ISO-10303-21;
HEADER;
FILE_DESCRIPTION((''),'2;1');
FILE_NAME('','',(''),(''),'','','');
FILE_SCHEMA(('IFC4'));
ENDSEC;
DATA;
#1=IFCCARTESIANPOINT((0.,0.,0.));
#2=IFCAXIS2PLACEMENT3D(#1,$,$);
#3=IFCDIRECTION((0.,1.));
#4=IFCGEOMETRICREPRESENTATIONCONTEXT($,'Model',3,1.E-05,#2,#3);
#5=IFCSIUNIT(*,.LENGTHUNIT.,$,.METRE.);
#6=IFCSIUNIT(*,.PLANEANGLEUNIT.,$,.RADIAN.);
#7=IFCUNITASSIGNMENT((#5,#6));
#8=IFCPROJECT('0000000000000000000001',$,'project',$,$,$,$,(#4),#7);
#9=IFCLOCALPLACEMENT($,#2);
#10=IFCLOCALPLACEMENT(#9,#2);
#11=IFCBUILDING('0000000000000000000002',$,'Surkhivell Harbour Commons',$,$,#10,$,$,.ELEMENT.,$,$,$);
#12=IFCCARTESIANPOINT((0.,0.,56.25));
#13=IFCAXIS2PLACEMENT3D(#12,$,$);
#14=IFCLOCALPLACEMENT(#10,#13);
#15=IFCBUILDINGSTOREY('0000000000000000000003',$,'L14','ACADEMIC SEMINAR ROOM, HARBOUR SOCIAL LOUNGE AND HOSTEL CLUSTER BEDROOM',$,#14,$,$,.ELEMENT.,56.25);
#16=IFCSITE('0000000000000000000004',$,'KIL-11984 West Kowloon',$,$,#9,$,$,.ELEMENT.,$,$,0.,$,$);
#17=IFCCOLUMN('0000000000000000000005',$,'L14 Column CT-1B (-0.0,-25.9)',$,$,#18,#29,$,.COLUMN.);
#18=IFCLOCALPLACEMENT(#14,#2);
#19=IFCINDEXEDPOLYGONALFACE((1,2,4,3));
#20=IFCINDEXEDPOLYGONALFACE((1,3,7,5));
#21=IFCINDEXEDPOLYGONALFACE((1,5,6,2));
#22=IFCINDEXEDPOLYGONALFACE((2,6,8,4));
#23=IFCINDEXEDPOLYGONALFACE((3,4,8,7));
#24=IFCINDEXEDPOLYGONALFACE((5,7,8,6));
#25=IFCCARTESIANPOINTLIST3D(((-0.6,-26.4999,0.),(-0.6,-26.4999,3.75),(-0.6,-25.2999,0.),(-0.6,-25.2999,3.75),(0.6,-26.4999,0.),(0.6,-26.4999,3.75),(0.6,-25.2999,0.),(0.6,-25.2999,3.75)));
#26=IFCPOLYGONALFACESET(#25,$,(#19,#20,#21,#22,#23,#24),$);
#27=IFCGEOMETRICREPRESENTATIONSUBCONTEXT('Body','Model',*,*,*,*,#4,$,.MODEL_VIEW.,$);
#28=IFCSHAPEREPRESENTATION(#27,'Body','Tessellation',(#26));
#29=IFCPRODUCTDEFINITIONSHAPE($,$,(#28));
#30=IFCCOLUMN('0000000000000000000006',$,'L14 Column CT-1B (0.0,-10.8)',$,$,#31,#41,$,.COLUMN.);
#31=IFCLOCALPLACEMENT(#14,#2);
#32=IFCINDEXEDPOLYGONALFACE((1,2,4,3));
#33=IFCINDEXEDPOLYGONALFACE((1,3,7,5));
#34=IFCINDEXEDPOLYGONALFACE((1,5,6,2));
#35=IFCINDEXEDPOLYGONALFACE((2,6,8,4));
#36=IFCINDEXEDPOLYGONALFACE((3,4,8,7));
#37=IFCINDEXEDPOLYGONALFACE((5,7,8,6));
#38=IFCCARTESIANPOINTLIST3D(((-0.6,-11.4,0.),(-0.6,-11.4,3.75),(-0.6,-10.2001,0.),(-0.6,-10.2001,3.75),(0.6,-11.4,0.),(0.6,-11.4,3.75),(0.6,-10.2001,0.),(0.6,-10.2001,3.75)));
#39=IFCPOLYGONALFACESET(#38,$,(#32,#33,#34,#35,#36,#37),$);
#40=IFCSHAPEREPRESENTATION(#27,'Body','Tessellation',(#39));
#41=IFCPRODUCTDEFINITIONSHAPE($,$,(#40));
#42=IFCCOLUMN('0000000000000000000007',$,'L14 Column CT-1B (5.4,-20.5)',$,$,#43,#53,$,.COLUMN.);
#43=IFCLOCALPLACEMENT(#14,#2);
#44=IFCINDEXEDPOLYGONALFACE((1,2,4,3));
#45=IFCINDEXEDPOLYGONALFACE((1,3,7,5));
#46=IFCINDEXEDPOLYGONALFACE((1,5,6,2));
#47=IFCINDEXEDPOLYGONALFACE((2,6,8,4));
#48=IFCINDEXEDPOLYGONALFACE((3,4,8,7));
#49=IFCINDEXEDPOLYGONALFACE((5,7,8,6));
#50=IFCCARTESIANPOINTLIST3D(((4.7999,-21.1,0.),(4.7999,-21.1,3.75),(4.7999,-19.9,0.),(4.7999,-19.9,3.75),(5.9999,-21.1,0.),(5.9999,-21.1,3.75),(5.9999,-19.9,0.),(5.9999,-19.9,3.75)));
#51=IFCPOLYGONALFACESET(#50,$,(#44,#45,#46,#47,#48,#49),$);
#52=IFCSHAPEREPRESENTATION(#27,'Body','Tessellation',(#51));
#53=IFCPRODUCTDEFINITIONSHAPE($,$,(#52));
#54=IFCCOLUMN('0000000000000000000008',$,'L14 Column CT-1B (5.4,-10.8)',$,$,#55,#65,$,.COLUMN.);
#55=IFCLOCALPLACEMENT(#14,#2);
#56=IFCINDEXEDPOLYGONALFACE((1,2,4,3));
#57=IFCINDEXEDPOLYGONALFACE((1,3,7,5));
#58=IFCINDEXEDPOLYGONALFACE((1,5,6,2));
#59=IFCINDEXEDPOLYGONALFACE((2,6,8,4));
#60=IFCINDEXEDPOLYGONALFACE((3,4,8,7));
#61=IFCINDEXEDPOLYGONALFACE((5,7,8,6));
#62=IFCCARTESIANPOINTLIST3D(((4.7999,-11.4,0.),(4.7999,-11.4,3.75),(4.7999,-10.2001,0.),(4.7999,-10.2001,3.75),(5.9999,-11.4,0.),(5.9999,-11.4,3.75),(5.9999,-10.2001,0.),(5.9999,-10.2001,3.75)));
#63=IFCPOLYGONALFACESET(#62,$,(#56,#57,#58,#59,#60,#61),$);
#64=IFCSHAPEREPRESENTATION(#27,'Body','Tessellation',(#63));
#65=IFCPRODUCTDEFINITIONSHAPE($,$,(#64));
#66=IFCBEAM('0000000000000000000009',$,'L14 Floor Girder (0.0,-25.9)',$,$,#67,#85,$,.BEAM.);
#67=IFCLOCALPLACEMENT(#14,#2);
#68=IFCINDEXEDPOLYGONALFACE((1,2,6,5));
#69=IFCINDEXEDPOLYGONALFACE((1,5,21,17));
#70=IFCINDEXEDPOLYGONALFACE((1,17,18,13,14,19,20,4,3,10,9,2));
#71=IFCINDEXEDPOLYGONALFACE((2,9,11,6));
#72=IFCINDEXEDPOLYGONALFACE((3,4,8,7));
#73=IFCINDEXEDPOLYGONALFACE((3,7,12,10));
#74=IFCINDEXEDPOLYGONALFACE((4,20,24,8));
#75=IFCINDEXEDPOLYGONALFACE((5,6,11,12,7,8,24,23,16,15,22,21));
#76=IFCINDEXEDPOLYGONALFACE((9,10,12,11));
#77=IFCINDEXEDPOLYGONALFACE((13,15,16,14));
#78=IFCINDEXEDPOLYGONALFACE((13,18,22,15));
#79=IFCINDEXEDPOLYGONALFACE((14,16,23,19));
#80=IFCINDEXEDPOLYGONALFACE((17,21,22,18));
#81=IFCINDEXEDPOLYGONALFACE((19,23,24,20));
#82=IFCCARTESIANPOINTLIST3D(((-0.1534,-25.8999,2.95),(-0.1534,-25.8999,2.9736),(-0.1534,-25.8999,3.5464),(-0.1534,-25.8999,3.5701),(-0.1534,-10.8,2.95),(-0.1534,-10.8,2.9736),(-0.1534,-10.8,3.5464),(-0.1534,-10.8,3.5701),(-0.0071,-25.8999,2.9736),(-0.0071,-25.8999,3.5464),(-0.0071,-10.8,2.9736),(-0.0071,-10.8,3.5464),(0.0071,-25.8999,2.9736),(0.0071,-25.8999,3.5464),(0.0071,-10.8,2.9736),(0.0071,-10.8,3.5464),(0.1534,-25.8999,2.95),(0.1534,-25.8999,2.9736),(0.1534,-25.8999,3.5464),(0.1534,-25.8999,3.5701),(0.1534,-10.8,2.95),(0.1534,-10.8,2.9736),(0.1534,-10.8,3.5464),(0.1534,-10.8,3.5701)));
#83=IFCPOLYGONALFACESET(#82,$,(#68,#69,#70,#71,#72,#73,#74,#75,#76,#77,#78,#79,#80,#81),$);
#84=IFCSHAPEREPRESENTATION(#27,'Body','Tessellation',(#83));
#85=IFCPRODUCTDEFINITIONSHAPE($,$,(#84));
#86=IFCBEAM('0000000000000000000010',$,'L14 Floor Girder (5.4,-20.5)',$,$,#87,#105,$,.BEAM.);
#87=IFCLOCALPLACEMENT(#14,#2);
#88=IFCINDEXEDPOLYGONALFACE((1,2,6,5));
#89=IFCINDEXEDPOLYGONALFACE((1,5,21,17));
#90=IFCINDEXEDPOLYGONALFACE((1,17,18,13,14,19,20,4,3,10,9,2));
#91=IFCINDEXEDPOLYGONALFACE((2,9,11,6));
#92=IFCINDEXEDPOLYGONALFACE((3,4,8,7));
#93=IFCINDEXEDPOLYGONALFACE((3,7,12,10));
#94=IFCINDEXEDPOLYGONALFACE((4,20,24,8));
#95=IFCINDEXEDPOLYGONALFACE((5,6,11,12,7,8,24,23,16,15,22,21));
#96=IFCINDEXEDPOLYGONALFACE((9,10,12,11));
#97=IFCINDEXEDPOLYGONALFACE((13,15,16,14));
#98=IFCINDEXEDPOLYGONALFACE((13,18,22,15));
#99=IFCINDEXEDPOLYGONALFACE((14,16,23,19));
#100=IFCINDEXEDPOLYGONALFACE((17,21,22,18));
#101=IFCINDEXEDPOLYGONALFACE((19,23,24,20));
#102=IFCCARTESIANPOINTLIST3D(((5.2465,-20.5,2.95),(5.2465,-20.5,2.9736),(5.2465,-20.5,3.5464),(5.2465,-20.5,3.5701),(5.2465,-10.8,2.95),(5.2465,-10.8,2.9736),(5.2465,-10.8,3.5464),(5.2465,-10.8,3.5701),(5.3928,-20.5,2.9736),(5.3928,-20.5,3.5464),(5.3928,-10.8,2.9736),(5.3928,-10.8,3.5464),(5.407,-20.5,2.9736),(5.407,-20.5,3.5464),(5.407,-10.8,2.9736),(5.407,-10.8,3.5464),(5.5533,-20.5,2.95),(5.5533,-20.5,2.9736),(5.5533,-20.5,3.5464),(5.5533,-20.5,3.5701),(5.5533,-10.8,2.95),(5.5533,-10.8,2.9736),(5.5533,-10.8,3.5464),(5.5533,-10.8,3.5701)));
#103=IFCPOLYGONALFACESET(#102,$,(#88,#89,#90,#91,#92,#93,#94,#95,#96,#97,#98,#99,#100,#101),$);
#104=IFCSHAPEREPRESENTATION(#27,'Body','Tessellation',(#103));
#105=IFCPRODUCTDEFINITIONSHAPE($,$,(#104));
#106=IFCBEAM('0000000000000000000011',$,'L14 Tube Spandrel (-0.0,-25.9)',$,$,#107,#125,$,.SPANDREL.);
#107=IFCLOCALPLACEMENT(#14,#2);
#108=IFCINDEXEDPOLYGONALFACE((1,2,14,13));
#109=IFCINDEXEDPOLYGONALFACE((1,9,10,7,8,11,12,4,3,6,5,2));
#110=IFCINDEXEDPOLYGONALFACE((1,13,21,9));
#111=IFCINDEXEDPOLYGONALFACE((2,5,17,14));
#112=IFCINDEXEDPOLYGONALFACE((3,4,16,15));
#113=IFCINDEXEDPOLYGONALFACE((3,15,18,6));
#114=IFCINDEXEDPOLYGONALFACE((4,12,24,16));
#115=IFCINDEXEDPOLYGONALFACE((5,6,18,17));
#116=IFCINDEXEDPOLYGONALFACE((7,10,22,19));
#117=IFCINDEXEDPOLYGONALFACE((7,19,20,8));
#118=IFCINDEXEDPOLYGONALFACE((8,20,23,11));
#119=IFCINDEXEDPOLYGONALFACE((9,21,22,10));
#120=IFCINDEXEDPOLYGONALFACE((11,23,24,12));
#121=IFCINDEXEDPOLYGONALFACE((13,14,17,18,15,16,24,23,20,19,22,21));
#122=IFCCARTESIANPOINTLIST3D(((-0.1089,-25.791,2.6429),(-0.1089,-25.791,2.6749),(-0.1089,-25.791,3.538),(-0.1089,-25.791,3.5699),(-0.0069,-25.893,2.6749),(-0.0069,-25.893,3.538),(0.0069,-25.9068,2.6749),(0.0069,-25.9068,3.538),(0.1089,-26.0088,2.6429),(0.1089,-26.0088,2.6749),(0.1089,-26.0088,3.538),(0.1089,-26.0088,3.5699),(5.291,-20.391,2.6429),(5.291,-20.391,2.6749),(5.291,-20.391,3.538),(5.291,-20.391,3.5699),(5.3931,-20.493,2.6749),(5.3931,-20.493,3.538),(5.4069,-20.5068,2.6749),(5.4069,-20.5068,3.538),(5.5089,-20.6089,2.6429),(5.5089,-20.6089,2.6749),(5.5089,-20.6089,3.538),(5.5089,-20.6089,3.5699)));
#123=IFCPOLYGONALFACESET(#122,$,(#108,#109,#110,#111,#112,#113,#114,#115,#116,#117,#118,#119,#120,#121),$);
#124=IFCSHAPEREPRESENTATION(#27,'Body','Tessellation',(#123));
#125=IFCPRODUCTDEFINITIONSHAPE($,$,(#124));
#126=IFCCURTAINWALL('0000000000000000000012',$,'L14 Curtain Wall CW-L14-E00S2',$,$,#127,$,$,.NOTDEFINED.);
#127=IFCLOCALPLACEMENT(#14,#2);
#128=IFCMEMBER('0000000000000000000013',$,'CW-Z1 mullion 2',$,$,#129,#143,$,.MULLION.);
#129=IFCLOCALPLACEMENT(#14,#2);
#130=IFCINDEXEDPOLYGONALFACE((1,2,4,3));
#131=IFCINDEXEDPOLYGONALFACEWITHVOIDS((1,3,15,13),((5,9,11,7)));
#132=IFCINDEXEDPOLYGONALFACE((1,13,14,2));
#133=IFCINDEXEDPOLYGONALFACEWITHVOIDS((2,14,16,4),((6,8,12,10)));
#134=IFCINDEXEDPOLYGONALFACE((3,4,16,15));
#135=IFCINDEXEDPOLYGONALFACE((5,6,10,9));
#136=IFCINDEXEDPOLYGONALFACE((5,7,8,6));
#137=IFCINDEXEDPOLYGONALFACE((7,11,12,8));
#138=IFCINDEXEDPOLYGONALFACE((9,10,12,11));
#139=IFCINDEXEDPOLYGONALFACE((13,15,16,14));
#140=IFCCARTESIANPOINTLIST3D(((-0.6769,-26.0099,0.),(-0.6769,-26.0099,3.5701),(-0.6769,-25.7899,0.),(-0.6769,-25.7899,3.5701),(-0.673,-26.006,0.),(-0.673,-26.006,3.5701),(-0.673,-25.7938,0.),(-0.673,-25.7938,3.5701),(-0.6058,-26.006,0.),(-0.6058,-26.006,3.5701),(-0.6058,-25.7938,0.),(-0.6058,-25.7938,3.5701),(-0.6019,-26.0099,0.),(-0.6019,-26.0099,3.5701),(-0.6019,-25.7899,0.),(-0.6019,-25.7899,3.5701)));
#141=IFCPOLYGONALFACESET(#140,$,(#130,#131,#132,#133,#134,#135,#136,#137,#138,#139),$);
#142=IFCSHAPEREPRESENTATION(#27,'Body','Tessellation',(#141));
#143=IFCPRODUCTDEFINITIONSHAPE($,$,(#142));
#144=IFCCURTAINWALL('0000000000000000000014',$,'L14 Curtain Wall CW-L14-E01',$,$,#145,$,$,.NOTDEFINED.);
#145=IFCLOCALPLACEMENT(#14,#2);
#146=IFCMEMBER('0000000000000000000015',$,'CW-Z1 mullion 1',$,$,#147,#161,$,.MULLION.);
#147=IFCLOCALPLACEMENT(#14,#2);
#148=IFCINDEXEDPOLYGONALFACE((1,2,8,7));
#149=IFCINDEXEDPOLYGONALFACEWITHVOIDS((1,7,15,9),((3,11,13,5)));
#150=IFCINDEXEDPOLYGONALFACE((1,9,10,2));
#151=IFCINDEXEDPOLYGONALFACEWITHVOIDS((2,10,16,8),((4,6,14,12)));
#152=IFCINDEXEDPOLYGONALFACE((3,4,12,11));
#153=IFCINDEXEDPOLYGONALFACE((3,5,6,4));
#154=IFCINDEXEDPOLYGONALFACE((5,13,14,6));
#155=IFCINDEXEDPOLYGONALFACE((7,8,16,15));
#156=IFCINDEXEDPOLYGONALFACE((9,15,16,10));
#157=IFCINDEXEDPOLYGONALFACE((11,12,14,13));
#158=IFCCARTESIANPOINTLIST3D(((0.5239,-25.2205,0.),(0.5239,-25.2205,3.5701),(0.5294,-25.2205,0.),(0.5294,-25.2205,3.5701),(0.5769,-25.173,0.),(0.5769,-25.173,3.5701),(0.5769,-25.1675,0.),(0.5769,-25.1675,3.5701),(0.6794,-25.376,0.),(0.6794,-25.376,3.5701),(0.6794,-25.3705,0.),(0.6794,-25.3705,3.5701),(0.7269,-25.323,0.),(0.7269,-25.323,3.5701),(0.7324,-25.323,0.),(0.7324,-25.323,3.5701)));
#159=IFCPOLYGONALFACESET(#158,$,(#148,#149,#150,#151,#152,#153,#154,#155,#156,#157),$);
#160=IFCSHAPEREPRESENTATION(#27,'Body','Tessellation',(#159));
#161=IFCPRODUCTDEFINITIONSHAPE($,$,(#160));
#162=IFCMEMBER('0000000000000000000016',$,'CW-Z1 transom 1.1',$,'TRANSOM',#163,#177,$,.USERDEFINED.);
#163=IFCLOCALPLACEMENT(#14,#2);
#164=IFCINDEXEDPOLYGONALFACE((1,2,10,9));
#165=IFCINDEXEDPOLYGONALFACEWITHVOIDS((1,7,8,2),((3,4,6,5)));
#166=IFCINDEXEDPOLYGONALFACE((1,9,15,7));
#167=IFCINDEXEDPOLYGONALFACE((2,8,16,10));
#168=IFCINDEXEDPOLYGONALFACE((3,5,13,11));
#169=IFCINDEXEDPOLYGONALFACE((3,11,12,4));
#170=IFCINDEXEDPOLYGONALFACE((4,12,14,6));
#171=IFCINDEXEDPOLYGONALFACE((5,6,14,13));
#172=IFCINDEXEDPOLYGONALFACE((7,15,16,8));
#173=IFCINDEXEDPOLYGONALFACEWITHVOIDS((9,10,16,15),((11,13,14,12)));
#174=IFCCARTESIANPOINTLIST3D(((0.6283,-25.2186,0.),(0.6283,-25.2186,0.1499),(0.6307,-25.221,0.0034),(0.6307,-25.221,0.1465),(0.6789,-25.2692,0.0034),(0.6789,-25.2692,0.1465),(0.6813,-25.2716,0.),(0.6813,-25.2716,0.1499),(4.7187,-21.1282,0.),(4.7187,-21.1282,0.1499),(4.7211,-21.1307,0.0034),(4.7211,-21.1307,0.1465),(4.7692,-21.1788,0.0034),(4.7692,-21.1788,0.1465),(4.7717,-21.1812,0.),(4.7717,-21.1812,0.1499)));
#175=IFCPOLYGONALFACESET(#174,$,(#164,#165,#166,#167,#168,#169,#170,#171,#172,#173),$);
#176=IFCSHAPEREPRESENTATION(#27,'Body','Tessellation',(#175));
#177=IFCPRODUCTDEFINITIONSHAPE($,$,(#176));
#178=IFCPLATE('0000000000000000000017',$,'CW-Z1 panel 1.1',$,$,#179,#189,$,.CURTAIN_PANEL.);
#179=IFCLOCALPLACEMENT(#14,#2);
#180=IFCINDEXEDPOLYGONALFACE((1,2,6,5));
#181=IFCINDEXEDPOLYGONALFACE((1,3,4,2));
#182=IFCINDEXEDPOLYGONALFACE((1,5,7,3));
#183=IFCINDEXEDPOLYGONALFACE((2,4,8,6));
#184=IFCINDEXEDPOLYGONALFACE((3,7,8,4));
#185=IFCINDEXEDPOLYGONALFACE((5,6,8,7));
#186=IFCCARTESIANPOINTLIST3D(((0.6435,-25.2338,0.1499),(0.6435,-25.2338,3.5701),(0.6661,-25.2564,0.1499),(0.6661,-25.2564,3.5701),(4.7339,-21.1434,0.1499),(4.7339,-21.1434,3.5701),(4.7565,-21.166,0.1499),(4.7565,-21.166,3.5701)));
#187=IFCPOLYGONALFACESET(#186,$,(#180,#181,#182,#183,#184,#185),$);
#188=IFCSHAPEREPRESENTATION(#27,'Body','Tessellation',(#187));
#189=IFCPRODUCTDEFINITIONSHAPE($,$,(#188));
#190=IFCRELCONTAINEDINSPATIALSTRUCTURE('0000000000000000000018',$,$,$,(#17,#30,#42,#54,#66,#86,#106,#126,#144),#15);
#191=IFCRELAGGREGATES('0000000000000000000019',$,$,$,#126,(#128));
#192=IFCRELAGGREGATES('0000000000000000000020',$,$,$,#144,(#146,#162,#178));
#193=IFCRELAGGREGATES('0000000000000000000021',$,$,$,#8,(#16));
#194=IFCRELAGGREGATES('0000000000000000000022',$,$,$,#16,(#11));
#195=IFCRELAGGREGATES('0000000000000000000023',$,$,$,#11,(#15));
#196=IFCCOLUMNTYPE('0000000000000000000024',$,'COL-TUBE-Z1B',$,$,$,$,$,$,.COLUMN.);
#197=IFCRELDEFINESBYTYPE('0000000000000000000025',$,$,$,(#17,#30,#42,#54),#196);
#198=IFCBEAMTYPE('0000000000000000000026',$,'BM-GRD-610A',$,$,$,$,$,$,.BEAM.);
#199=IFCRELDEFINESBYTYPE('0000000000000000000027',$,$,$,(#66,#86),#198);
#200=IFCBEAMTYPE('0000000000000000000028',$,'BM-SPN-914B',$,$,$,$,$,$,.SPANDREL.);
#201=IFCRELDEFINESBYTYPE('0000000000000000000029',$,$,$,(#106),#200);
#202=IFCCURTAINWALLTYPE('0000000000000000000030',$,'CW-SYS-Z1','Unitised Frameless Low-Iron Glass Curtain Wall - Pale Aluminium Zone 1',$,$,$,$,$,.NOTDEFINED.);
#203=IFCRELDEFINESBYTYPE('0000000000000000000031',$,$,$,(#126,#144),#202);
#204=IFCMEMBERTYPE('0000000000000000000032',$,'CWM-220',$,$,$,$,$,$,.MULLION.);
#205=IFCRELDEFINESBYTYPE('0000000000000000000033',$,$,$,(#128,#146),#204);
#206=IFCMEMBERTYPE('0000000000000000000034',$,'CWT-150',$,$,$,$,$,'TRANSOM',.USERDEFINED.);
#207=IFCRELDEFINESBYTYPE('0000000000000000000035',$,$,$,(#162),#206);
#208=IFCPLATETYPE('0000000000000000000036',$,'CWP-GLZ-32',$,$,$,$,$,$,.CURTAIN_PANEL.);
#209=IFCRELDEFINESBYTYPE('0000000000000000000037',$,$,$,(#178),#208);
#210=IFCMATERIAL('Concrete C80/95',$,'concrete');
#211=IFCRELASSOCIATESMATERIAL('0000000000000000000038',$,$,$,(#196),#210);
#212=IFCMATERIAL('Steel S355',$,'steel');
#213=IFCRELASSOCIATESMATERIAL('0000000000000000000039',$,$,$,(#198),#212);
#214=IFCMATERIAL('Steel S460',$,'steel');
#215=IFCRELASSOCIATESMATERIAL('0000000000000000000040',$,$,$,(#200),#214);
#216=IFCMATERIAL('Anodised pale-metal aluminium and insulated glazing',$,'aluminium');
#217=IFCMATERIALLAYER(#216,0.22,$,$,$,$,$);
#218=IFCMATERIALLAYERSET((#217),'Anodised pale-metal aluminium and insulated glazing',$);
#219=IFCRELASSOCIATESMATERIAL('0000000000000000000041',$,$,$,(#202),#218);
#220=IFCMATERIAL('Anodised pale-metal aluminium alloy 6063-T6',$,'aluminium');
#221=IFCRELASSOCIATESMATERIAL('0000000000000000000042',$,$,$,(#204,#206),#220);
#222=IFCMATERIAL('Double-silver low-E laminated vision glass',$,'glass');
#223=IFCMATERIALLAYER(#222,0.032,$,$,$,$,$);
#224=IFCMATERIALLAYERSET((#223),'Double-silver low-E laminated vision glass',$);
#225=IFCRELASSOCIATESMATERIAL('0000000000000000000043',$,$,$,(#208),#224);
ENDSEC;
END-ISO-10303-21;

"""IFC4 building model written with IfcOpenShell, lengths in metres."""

from ifc_helpers import new_model, si_unit, direction, frame, frame_2d, origin, origin_2d, place, context, subcontext, project, spatial, rectangle, hollow_rectangle, i_section, extrude, material, layer, layer_set, material_profile, profile_set, type_object, element, aggregate, save


model = new_model("IFC4")

# Units and contexts
model_context = context("Model", 3, precision=1e-05, world=origin(), true_north=direction((0.0, 1.0)))
body_context = subcontext(model_context, "Body", "Model", "MODEL_VIEW")
ifc_project = project(units=[si_unit("LENGTHUNIT", "METRE"), si_unit("PLANEANGLEUNIT", "RADIAN")], contexts=[model_context])

# Site, building, storey
site_placement = place(None, origin())
site = spatial("IfcSite", under=ifc_project, at=site_placement, Name="KIL-11984 West Kowloon", CompositionType="ELEMENT", RefElevation=0.0)
building_placement = place(site_placement, origin())
building = spatial("IfcBuilding", under=site, at=building_placement, Name="Surkhivell Harbour Commons", CompositionType="ELEMENT")
storey_placement = place(building_placement, frame((0.0, 0.0, 56.25)))
storey = spatial("IfcBuildingStorey", under=building, at=storey_placement, Name="L14", Description="ACADEMIC SEMINAR ROOM, HARBOUR SOCIAL LOUNGE AND HOSTEL CLUSTER BEDROOM", CompositionType="ELEMENT", Elevation=56.25)

# Columns
ifc_material_1 = material(Name="Concrete C80/95", Category="concrete")
ifc_material_profile_1 = material_profile(ifc_material_1, rectangle(XDim=1.2, YDim=1.2, at=origin_2d()), Name="RC-COL-1200x1200")
ifc_profile_set_1 = profile_set([ifc_material_profile_1], Name="Concrete C80/95")
column_type = type_object("IfcColumnType", Name="COL-TUBE-Z1B", PredefinedType="COLUMN", material=ifc_profile_set_1)
for number, where, z_axis, x_axis, name in (
    (1, (0.0, -25.8999, 0.0), (0.0, 0.0, 1.0), (1.0, 0.0, 0.0), "L14 Column CT-1B (-0.0,-25.9)"),
    (2, (0.0, -10.8, 0.0), (0.0, 0.0, 1.0), (1.0, 0.0, 0.0), "L14 Column CT-1B (0.0,-10.8)"),
    (3, (5.3999, -20.5, 0.0), (0.0, 0.0, 1.0), (1.0, 0.0, 0.0), "L14 Column CT-1B (5.4,-20.5)"),
    (4, (5.3999, -10.8, 0.0), (0.0, 0.0, 1.0), (1.0, 0.0, 0.0), "L14 Column CT-1B (5.4,-10.8)"),
):
    element("IfcColumn", number, at=place(storey_placement, frame(where, z_axis=z_axis, x_axis=x_axis)), inside=storey, type_object=column_type, Name=name, PredefinedType="COLUMN", context=body_context, shape_type="SweptSolid", body=[
        extrude(rectangle(XDim=1.2, YDim=1.2, at=origin_2d()), origin(), (0.0, 0.0, 1.0), 3.75),
    ])

# Beams
ifc_material_2 = material(Name="Steel S355", Category="steel")
ifc_material_profile_2 = material_profile(ifc_material_2, i_section(OverallWidth=0.3069, OverallDepth=0.6201, WebThickness=0.0142, FlangeThickness=0.0237, at=origin_2d()), Name="UB610x305x179")
ifc_profile_set_2 = profile_set([ifc_material_profile_2], Name="Steel S355")
beam_type_1 = type_object("IfcBeamType", Name="BM-GRD-610A", PredefinedType="BEAM", material=ifc_profile_set_2)
beam_1_placement = place(storey_placement, frame((0.0, -25.8999, 3.26), z_axis=(0.0, 1.0, 0.0), x_axis=(-1.0, 0.0, 0.0)))
element("IfcBeam", 5, at=beam_1_placement, inside=storey, type_object=beam_type_1, Name="L14 Floor Girder (0.0,-25.9)", PredefinedType="BEAM", context=body_context, shape_type="SweptSolid", body=[
    extrude(i_section(OverallWidth=0.3069, OverallDepth=0.6201, WebThickness=0.0142, FlangeThickness=0.0237, at=origin_2d()), origin(), (0.0, 0.0, 1.0), 15.0999),
])
beam_2_placement = place(storey_placement, frame((5.3999, -20.5, 3.26), z_axis=(0.0, 1.0, 0.0), x_axis=(-1.0, 0.0, 0.0)))
element("IfcBeam", 6, at=beam_2_placement, inside=storey, type_object=beam_type_1, Name="L14 Floor Girder (5.4,-20.5)", PredefinedType="BEAM", context=body_context, shape_type="SweptSolid", body=[
    extrude(i_section(OverallWidth=0.3069, OverallDepth=0.6201, WebThickness=0.0142, FlangeThickness=0.0237, at=origin_2d()), origin(), (0.0, 0.0, 1.0), 9.7),
])
ifc_material_3 = material(Name="Steel S460", Category="steel")
ifc_material_profile_3 = material_profile(ifc_material_3, i_section(OverallWidth=0.3081, OverallDepth=0.927, WebThickness=0.0195, FlangeThickness=0.032, at=origin_2d()), Name="UB914x305x289")
ifc_profile_set_3 = profile_set([ifc_material_profile_3], Name="Steel S460")
beam_type_2 = type_object("IfcBeamType", Name="BM-SPN-914B", PredefinedType="SPANDREL", material=ifc_profile_set_3)
beam_3_placement = place(storey_placement, frame((0.0, -25.8999, 3.1064), z_axis=(0.707107, 0.707107, 0.0), x_axis=(-0.707107, 0.707107, 0.0)))
element("IfcBeam", 7, at=beam_3_placement, inside=storey, type_object=beam_type_2, Name="L14 Tube Spandrel (-0.0,-25.9)", PredefinedType="SPANDREL", context=body_context, shape_type="SweptSolid", body=[
    extrude(i_section(OverallWidth=0.3081, OverallDepth=0.927, WebThickness=0.0195, FlangeThickness=0.032, at=origin_2d()), origin(), (0.0, 0.0, 1.0), 7.6367),
])

# Curtain wall, member
ifc_material_4 = material(Name="Anodised pale-metal aluminium and insulated glazing", Category="aluminium")
ifc_layer_1 = layer(ifc_material_4, 0.22)
ifc_layer_set_1 = layer_set([ifc_layer_1], Name="Anodised pale-metal aluminium and insulated glazing")
curtain_wall_type = type_object("IfcCurtainWallType", Name="CW-SYS-Z1", Description="Unitised Frameless Low-Iron Glass Curtain Wall - Pale Aluminium Zone 1", PredefinedType="NOTDEFINED", material=ifc_layer_set_1)
curtain_wall_1_placement = place(storey_placement, origin())
curtain_wall_1 = element("IfcCurtainWall", 8, at=curtain_wall_1_placement, inside=storey, type_object=curtain_wall_type, Name="L14 Curtain Wall CW-L14-E00S2", PredefinedType="NOTDEFINED")
ifc_material_5 = material(Name="Anodised pale-metal aluminium alloy 6063-T6", Category="aluminium")
ifc_material_profile_4 = material_profile(ifc_material_5, hollow_rectangle(XDim=0.075, YDim=0.22, WallThickness=0.0039, at=origin_2d()), Name="ALU-MULL-75x220")
ifc_profile_set_4 = profile_set([ifc_material_profile_4], Name="Anodised pale-metal aluminium alloy 6063-T6")
member_type_1 = type_object("IfcMemberType", Name="CWM-220", PredefinedType="MULLION", material=ifc_profile_set_4)
member_1_placement = place(storey_placement, frame((-0.6394, -25.8999, 0.0), z_axis=(0.0, 0.0, 1.0), x_axis=(1.0, 0.0, 0.0)))
member_1 = element("IfcMember", 9, at=member_1_placement, type_object=member_type_1, Name="CW-Z1 mullion 2", PredefinedType="MULLION", context=body_context, shape_type="SweptSolid", body=[
    extrude(hollow_rectangle(XDim=0.075, YDim=0.22, WallThickness=0.0039, at=origin_2d()), origin(), (0.0, 0.0, 1.0), 3.5701),
])
aggregate(curtain_wall_1, [member_1])

# Curtain wall, members, plate
curtain_wall_2_placement = place(storey_placement, origin())
curtain_wall_2 = element("IfcCurtainWall", 10, at=curtain_wall_2_placement, inside=storey, type_object=curtain_wall_type, Name="L14 Curtain Wall CW-L14-E01", PredefinedType="NOTDEFINED")
member_2_placement = place(storey_placement, frame((0.6282, -25.2717, 0.0), z_axis=(0.0, 0.0, 1.0), x_axis=(0.707107, 0.707107, 0.0)))
member_2 = element("IfcMember", 11, at=member_2_placement, type_object=member_type_1, Name="CW-Z1 mullion 1", PredefinedType="MULLION", context=body_context, shape_type="SweptSolid", body=[
    extrude(hollow_rectangle(XDim=0.075, YDim=0.22, WallThickness=0.0039, at=origin_2d()), origin(), (0.0, 0.0, 1.0), 3.5701),
])
ifc_material_profile_5 = material_profile(ifc_material_5, hollow_rectangle(XDim=0.075, YDim=0.1499, WallThickness=0.0034, at=origin_2d()), Name="ALU-TRAN-75x150")
ifc_profile_set_5 = profile_set([ifc_material_profile_5], Name="Anodised pale-metal aluminium alloy 6063-T6")
member_type_2 = type_object("IfcMemberType", Name="CWT-150", ElementType="TRANSOM", PredefinedType="USERDEFINED", material=ifc_profile_set_5)
member_3_placement = place(storey_placement, frame((0.6548, -25.2451, 0.075), z_axis=(0.707107, 0.707107, 0.0), x_axis=(-0.707107, 0.707107, 0.0)))
member_3 = element("IfcMember", 12, at=member_3_placement, type_object=member_type_2, Name="CW-Z1 transom 1.1", ObjectType="TRANSOM", PredefinedType="USERDEFINED", context=body_context, shape_type="SweptSolid", body=[
    extrude(hollow_rectangle(XDim=0.075, YDim=0.1499, WallThickness=0.0034, at=origin_2d()), origin(), (0.0, 0.0, 1.0), 5.7847),
])
ifc_material_6 = material(Name="Double-silver low-E laminated vision glass", Category="glass")
ifc_layer_2 = layer(ifc_material_6, 0.032)
ifc_layer_set_2 = layer_set([ifc_layer_2], Name="Double-silver low-E laminated vision glass")
plate_type = type_object("IfcPlateType", Name="CWP-GLZ-32", PredefinedType="CURTAIN_PANEL", material=ifc_layer_set_2)
plate_placement = place(storey_placement, frame((0.6548, -25.2451, 0.1499), z_axis=(0.0, 0.0, 1.0), x_axis=(0.707107, 0.707107, 0.0)))
plate = element("IfcPlate", 13, at=plate_placement, type_object=plate_type, Name="CW-Z1 panel 1.1", PredefinedType="CURTAIN_PANEL", context=body_context, shape_type="SweptSolid", body=[
    extrude(rectangle(XDim=5.7847, YDim=0.032, at=frame_2d((2.8923, 0.0))), origin(), (0.0, 0.0, 1.0), 3.4202),
])
aggregate(curtain_wall_2, [member_2, member_3, plate])

save(model, "model.ifc")
